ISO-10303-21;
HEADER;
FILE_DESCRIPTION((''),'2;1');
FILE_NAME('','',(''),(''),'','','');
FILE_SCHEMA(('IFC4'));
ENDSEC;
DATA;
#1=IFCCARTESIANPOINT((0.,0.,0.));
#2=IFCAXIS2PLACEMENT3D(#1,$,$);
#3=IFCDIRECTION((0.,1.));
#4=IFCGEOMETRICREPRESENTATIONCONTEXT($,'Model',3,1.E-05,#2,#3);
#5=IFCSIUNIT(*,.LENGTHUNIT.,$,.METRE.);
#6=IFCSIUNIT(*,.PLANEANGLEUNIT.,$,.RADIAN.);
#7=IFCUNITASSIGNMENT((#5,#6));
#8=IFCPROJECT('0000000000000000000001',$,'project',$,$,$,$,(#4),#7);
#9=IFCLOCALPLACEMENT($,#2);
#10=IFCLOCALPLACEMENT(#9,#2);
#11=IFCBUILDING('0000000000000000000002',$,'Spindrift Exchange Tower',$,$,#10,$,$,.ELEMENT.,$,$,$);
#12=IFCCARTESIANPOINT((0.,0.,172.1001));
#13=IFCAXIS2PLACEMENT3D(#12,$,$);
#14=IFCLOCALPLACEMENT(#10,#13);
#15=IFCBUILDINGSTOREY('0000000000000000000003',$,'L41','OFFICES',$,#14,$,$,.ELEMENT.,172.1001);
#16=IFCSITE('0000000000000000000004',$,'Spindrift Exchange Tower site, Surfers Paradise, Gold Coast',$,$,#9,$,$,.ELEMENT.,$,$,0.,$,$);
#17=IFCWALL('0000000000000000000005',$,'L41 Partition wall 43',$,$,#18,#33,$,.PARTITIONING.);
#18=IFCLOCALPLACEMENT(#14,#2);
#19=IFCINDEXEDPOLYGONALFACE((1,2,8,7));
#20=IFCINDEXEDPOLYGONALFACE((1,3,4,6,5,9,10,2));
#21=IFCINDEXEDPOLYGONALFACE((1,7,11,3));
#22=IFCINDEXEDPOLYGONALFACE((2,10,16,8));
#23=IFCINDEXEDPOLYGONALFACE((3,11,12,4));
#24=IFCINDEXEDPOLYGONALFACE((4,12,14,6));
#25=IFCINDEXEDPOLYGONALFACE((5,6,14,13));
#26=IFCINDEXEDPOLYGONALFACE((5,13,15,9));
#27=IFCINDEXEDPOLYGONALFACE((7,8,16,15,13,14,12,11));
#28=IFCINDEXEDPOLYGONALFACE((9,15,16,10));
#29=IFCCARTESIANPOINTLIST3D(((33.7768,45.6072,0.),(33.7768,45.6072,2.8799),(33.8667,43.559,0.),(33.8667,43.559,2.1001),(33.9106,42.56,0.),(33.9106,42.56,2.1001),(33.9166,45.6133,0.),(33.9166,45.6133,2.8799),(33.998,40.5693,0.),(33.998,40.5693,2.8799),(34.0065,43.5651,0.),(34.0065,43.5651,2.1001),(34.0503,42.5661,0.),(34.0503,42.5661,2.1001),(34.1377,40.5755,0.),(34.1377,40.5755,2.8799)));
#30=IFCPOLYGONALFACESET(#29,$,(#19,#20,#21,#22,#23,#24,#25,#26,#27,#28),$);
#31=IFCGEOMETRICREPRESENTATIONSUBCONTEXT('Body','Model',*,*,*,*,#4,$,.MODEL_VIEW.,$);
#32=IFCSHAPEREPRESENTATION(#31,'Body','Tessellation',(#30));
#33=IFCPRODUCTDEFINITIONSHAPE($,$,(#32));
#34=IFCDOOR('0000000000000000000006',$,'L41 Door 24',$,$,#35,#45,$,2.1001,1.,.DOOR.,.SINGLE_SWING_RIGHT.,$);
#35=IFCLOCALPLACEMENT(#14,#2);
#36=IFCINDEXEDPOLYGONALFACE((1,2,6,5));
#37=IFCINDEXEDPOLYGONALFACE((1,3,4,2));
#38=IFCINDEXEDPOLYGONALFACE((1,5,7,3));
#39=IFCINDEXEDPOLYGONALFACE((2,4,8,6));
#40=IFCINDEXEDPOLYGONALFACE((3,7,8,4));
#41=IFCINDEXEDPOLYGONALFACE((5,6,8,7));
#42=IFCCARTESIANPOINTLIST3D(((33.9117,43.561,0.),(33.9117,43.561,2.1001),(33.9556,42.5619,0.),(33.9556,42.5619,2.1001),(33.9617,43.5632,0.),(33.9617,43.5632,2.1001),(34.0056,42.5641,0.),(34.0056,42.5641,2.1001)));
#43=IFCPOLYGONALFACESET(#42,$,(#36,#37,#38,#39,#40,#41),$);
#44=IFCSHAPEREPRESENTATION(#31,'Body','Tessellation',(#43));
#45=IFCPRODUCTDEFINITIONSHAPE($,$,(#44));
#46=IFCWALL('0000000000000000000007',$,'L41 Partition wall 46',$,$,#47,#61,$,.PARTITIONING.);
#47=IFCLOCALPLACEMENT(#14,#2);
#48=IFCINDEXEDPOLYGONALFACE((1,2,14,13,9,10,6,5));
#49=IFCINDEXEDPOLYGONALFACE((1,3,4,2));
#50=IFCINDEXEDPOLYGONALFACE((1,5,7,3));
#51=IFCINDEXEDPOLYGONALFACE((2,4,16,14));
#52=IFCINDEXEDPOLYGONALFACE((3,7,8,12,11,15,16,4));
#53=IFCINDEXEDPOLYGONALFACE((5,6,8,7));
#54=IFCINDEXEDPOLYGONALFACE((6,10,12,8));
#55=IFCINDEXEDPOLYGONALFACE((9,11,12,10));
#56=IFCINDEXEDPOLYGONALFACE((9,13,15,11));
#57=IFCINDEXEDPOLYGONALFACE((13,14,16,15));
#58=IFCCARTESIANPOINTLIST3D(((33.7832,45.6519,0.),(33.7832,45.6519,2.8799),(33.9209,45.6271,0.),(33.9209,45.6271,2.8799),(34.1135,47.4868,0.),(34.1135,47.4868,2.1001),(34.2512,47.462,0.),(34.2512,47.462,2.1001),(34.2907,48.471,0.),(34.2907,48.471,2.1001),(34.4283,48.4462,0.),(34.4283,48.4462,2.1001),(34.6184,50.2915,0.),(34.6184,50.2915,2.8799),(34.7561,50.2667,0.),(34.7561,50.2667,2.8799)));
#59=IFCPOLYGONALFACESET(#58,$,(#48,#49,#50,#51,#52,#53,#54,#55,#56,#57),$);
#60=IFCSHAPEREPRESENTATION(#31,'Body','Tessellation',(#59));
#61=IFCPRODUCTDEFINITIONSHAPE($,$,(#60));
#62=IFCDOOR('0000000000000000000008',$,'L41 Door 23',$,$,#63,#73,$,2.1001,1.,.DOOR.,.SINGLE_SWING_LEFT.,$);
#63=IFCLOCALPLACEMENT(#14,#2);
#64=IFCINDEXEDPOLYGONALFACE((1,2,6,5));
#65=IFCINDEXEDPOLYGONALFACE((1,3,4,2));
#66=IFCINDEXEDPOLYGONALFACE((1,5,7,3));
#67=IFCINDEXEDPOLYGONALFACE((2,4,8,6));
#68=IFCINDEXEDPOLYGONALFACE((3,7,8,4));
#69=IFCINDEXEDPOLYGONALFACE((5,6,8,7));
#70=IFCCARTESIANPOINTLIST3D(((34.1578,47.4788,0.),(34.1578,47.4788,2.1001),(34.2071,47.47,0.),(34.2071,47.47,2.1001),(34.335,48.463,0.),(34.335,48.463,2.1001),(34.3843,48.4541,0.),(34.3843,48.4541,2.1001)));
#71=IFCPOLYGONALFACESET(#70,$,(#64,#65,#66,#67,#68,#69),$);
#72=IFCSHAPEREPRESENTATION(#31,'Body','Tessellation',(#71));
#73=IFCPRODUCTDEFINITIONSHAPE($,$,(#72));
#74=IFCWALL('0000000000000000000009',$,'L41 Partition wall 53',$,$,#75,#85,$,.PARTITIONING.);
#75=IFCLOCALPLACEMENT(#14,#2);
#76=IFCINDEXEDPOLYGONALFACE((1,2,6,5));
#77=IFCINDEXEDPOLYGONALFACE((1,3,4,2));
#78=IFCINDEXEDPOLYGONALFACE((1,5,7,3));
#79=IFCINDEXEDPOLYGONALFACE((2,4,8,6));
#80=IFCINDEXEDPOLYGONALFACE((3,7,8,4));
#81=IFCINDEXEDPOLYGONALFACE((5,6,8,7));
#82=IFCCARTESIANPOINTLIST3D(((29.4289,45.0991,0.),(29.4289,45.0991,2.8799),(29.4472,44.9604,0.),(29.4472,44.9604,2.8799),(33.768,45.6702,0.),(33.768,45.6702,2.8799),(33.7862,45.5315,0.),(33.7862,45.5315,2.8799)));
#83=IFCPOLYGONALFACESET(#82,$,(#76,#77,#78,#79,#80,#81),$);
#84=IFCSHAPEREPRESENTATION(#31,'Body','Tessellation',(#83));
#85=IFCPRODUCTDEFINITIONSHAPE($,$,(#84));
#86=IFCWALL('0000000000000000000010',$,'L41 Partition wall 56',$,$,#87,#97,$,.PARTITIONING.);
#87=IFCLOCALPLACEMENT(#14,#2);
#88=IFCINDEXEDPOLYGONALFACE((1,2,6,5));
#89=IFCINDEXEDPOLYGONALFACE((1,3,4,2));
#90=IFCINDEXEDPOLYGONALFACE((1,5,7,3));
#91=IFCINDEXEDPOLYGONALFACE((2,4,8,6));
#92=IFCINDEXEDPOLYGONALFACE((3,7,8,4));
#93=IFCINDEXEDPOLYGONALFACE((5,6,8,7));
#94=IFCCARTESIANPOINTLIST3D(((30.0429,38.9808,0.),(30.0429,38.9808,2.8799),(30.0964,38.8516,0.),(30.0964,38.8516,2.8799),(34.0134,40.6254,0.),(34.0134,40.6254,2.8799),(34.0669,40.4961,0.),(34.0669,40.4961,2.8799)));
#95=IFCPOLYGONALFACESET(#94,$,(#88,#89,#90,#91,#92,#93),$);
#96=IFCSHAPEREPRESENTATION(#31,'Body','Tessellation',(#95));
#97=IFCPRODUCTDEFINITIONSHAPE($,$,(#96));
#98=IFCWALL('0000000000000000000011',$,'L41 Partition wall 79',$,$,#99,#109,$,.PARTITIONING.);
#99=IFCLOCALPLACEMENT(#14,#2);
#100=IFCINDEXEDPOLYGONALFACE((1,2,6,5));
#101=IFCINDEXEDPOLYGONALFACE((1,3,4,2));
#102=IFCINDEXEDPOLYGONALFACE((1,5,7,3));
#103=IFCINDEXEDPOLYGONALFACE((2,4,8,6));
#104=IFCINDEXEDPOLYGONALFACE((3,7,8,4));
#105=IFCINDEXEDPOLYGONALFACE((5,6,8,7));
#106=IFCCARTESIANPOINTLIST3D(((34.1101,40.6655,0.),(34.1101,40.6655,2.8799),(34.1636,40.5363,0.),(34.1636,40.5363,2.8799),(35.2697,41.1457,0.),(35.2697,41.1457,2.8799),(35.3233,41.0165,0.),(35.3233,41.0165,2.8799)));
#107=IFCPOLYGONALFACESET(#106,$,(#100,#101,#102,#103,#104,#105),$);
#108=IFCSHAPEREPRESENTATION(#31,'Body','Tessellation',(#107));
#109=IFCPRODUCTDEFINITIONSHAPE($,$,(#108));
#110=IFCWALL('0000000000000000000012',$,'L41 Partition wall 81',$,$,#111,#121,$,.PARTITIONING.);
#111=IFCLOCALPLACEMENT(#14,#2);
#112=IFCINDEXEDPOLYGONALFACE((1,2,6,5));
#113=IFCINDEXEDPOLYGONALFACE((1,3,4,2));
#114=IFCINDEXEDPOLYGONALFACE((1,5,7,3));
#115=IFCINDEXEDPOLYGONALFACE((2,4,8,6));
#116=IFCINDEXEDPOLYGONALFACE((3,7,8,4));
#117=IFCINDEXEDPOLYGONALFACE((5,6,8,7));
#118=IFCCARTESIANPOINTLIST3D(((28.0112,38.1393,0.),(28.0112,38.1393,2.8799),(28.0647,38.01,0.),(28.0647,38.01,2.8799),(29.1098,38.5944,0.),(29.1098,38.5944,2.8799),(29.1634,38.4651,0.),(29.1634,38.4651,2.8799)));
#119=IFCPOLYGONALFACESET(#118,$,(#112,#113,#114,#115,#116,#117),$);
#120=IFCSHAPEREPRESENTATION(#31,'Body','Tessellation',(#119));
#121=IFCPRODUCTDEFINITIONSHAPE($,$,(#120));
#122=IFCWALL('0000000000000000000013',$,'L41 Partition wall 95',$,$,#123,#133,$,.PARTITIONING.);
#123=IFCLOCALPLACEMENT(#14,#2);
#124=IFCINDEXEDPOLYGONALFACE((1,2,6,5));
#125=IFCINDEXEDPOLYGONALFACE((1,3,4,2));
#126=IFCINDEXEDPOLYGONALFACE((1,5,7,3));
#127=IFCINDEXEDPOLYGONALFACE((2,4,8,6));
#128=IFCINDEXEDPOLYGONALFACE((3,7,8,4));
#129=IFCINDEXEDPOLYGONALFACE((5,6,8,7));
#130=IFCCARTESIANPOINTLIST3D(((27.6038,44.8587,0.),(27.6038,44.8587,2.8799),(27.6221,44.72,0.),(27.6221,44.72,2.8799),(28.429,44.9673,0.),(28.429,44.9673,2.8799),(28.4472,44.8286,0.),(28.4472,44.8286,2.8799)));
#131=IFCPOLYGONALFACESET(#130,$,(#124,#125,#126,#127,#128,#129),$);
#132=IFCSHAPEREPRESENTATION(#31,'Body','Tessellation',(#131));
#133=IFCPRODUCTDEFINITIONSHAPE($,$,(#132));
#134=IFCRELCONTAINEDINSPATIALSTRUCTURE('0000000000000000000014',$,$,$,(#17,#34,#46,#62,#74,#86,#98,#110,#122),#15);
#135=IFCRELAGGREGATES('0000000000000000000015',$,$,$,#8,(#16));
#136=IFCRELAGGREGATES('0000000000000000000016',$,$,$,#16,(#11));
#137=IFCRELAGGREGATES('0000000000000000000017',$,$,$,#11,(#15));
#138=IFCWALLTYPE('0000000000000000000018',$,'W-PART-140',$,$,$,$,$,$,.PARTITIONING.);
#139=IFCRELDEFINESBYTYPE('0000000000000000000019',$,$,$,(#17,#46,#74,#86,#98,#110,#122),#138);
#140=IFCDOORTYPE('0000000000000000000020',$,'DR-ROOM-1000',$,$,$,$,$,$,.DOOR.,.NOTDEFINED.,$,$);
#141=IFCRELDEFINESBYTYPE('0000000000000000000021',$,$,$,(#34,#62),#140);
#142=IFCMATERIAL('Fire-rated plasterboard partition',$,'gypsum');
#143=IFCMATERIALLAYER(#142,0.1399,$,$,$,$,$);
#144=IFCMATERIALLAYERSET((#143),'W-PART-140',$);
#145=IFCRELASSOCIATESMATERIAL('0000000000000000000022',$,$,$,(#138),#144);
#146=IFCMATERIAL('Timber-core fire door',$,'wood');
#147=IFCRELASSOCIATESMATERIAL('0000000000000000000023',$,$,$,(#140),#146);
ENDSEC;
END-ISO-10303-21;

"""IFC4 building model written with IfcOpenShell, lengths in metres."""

from ifc_helpers import new_model, si_unit, direction, frame, frame_2d, origin, place, context, subcontext, project, spatial, rectangle, extrude, source, transform, mapped, material, layer, layer_set, type_object, element, fill, save


model = new_model("IFC4")

# Units and contexts
model_context = context("Model", 3, precision=1e-05, world=origin(), true_north=direction((0.0, 1.0)))
body_context = subcontext(model_context, "Body", "Model", "MODEL_VIEW")
ifc_project = project(units=[si_unit("LENGTHUNIT", "METRE"), si_unit("PLANEANGLEUNIT", "RADIAN")], contexts=[model_context])

# Site, building, storey
site_placement = place(None, origin())
site = spatial("IfcSite", under=ifc_project, at=site_placement, Name="Spindrift Exchange Tower site, Surfers Paradise, Gold Coast", CompositionType="ELEMENT", RefElevation=0.0)
building_placement = place(site_placement, origin())
building = spatial("IfcBuilding", under=site, at=building_placement, Name="Spindrift Exchange Tower", CompositionType="ELEMENT")
storey_placement = place(building_placement, frame((0.0, 0.0, 172.1001)))
storey = spatial("IfcBuildingStorey", under=building, at=storey_placement, Name="L41", Description="OFFICES", CompositionType="ELEMENT", Elevation=172.1001)

# Walls, openings, doors
ifc_material_1 = material(Name="Fire-rated plasterboard partition", Category="gypsum")
ifc_layer_1 = layer(ifc_material_1, 0.1399)
ifc_layer_set_1 = layer_set([ifc_layer_1], Name="W-PART-140")
wall_type = type_object("IfcWallType", Name="W-PART-140", PredefinedType="PARTITIONING", material=ifc_layer_set_1)
wall_1_placement = place(storey_placement, frame((34.0679, 40.5723, 0.0), z_axis=(0.0, 0.0, 1.0), x_axis=(-0.043864, 0.999038, 0.0)))
wall_1 = element("IfcWall", 1, at=wall_1_placement, inside=storey, type_object=wall_type, Name="L41 Partition wall 43", PredefinedType="PARTITIONING", context=body_context, shape_type="SweptSolid", body=[
    extrude(rectangle(XDim=5.0427, YDim=0.1399, at=frame_2d((2.5215, 0.0))), origin(), (0.0, 0.0, 1.0), 2.8799),
])
opening_1_placement = place(wall_1_placement, frame((1.9927, 0.0, 0.0)))
opening_1 = element("IfcOpeningElement", 2, at=opening_1_placement, cuts=wall_1, PredefinedType="OPENING", context=body_context, shape_type="SweptSolid", body=[
    extrude(rectangle(XDim=1.0, YDim=2.1001, at=frame_2d((0.5, 1.05))), frame((0.0, 0.0798, 0.0), z_axis=(0.0, -1.0, 0.0), x_axis=(1.0, 0.0, 0.0)), (0.0, 0.0, 1.0), 0.1599),
])
ifc_material_2 = material(Name="Timber-core fire door", Category="wood")
door_type = type_object("IfcDoorType", Name="DR-ROOM-1000", OperationType="NOTDEFINED", PredefinedType="DOOR", material=ifc_material_2)
shared_shape_1 = source(origin(), body_context, "Body", "SweptSolid", [
    extrude(rectangle(XDim=1.0, YDim=2.1001, at=frame_2d((0.5, 1.05))), frame((0.0, 0.0249, 0.0), z_axis=(0.0, -1.0, 0.0), x_axis=(1.0, 0.0, 0.0)), (0.0, 0.0, 1.0), 0.05),
])
door_1_placement = place(opening_1_placement, origin())
door_1 = element("IfcDoor", 3, at=door_1_placement, inside=storey, type_object=door_type, Name="L41 Door 24", OperationType="SINGLE_SWING_RIGHT", OverallHeight=2.1001, OverallWidth=1.0, PredefinedType="DOOR", context=body_context, shape_type="MappedRepresentation", body=[
    mapped(shared_shape_1, transform((0.0, 0.0, 0.0), scale=1.0)),
])
fill(opening_1, door_1)
wall_2_placement = place(storey_placement, frame((33.8521, 45.6396, 0.0), z_axis=(0.0, 0.0, 1.0), x_axis=(0.177167, 0.984181, 0.0)))
wall_2 = element("IfcWall", 4, at=wall_2_placement, inside=storey, type_object=wall_type, Name="L41 Partition wall 46", PredefinedType="PARTITIONING", context=body_context, shape_type="SweptSolid", body=[
    extrude(rectangle(XDim=4.7141, YDim=0.1399, at=frame_2d((2.3569, 0.0))), origin(), (0.0, 0.0, 1.0), 2.8799),
])
opening_2_placement = place(wall_2_placement, frame((1.8643, 0.0, 0.0)))
opening_2 = element("IfcOpeningElement", 5, at=opening_2_placement, cuts=wall_2, PredefinedType="OPENING", context=body_context, shape_type="SweptSolid", body=[
    extrude(rectangle(XDim=1.0, YDim=2.1001, at=frame_2d((0.5, 1.05))), frame((0.0, 0.0798, 0.0), z_axis=(0.0, -1.0, 0.0), x_axis=(1.0, 0.0, 0.0)), (0.0, 0.0, 1.0), 0.1599),
])
door_2_placement = place(opening_2_placement, origin())
door_2 = element("IfcDoor", 6, at=door_2_placement, inside=storey, type_object=door_type, Name="L41 Door 23", OperationType="SINGLE_SWING_LEFT", OverallHeight=2.1001, OverallWidth=1.0, PredefinedType="DOOR", context=body_context, shape_type="MappedRepresentation", body=[
    mapped(shared_shape_1, transform((0.0, 0.0, 0.0), scale=1.0)),
])
fill(opening_2, door_2)

# Walls
wall_3_placement = place(storey_placement, frame((33.7771, 45.6008, 0.0), z_axis=(0.0, 0.0, 1.0), x_axis=(-0.991451, -0.130479, 0.0)))
element("IfcWall", 7, at=wall_3_placement, inside=storey, type_object=wall_type, Name="L41 Partition wall 53", PredefinedType="PARTITIONING", context=body_context, shape_type="SweptSolid", body=[
    extrude(rectangle(XDim=4.3765, YDim=0.1399, at=frame_2d((2.1882, 0.0))), origin(), (0.0, 0.0, 1.0), 2.8799),
])
wall_4_placement = place(storey_placement, frame((34.0403, 40.5608, 0.0), z_axis=(0.0, 0.0, 1.0), x_axis=(-0.923887, -0.382666, 0.0)))
element("IfcWall", 8, at=wall_4_placement, inside=storey, type_object=wall_type, Name="L41 Partition wall 56", PredefinedType="PARTITIONING", context=body_context, shape_type="SweptSolid", body=[
    extrude(rectangle(XDim=4.2976, YDim=0.1399, at=frame_2d((2.1489, 0.0))), origin(), (0.0, 0.0, 1.0), 2.8799),
])
wall_5_placement = place(storey_placement, frame((35.2964, 41.0811, 0.0), z_axis=(0.0, 0.0, 1.0), x_axis=(-0.923915, -0.382598, 0.0)))
element("IfcWall", 9, at=wall_5_placement, inside=storey, type_object=wall_type, Name="L41 Partition wall 79", PredefinedType="PARTITIONING", context=body_context, shape_type="SweptSolid", body=[
    extrude(rectangle(XDim=1.2551, YDim=0.1399, at=frame_2d((0.6274, 0.0))), origin(), (0.0, 0.0, 1.0), 2.8799),
])
wall_6_placement = place(storey_placement, frame((29.1367, 38.5298, 0.0), z_axis=(0.0, 0.0, 1.0), x_axis=(-0.923877, -0.38269, 0.0)))
element("IfcWall", 10, at=wall_6_placement, inside=storey, type_object=wall_type, Name="L41 Partition wall 81", PredefinedType="PARTITIONING", context=body_context, shape_type="SweptSolid", body=[
    extrude(rectangle(XDim=1.1892, YDim=0.1399, at=frame_2d((0.5947, 0.0))), origin(), (0.0, 0.0, 1.0), 2.8799),
])
wall_7_placement = place(storey_placement, frame((28.438, 44.8979, 0.0), z_axis=(0.0, 0.0, 1.0), x_axis=(-0.991444, -0.13053, 0.0)))
element("IfcWall", 11, at=wall_7_placement, inside=storey, type_object=wall_type, Name="L41 Partition wall 95", PredefinedType="PARTITIONING", context=body_context, shape_type="SweptSolid", body=[
    extrude(rectangle(XDim=0.8323, YDim=0.1399, at=frame_2d((0.416, 0.0))), origin(), (0.0, 0.0, 1.0), 2.8799),
])

save(model, "model.ifc")
